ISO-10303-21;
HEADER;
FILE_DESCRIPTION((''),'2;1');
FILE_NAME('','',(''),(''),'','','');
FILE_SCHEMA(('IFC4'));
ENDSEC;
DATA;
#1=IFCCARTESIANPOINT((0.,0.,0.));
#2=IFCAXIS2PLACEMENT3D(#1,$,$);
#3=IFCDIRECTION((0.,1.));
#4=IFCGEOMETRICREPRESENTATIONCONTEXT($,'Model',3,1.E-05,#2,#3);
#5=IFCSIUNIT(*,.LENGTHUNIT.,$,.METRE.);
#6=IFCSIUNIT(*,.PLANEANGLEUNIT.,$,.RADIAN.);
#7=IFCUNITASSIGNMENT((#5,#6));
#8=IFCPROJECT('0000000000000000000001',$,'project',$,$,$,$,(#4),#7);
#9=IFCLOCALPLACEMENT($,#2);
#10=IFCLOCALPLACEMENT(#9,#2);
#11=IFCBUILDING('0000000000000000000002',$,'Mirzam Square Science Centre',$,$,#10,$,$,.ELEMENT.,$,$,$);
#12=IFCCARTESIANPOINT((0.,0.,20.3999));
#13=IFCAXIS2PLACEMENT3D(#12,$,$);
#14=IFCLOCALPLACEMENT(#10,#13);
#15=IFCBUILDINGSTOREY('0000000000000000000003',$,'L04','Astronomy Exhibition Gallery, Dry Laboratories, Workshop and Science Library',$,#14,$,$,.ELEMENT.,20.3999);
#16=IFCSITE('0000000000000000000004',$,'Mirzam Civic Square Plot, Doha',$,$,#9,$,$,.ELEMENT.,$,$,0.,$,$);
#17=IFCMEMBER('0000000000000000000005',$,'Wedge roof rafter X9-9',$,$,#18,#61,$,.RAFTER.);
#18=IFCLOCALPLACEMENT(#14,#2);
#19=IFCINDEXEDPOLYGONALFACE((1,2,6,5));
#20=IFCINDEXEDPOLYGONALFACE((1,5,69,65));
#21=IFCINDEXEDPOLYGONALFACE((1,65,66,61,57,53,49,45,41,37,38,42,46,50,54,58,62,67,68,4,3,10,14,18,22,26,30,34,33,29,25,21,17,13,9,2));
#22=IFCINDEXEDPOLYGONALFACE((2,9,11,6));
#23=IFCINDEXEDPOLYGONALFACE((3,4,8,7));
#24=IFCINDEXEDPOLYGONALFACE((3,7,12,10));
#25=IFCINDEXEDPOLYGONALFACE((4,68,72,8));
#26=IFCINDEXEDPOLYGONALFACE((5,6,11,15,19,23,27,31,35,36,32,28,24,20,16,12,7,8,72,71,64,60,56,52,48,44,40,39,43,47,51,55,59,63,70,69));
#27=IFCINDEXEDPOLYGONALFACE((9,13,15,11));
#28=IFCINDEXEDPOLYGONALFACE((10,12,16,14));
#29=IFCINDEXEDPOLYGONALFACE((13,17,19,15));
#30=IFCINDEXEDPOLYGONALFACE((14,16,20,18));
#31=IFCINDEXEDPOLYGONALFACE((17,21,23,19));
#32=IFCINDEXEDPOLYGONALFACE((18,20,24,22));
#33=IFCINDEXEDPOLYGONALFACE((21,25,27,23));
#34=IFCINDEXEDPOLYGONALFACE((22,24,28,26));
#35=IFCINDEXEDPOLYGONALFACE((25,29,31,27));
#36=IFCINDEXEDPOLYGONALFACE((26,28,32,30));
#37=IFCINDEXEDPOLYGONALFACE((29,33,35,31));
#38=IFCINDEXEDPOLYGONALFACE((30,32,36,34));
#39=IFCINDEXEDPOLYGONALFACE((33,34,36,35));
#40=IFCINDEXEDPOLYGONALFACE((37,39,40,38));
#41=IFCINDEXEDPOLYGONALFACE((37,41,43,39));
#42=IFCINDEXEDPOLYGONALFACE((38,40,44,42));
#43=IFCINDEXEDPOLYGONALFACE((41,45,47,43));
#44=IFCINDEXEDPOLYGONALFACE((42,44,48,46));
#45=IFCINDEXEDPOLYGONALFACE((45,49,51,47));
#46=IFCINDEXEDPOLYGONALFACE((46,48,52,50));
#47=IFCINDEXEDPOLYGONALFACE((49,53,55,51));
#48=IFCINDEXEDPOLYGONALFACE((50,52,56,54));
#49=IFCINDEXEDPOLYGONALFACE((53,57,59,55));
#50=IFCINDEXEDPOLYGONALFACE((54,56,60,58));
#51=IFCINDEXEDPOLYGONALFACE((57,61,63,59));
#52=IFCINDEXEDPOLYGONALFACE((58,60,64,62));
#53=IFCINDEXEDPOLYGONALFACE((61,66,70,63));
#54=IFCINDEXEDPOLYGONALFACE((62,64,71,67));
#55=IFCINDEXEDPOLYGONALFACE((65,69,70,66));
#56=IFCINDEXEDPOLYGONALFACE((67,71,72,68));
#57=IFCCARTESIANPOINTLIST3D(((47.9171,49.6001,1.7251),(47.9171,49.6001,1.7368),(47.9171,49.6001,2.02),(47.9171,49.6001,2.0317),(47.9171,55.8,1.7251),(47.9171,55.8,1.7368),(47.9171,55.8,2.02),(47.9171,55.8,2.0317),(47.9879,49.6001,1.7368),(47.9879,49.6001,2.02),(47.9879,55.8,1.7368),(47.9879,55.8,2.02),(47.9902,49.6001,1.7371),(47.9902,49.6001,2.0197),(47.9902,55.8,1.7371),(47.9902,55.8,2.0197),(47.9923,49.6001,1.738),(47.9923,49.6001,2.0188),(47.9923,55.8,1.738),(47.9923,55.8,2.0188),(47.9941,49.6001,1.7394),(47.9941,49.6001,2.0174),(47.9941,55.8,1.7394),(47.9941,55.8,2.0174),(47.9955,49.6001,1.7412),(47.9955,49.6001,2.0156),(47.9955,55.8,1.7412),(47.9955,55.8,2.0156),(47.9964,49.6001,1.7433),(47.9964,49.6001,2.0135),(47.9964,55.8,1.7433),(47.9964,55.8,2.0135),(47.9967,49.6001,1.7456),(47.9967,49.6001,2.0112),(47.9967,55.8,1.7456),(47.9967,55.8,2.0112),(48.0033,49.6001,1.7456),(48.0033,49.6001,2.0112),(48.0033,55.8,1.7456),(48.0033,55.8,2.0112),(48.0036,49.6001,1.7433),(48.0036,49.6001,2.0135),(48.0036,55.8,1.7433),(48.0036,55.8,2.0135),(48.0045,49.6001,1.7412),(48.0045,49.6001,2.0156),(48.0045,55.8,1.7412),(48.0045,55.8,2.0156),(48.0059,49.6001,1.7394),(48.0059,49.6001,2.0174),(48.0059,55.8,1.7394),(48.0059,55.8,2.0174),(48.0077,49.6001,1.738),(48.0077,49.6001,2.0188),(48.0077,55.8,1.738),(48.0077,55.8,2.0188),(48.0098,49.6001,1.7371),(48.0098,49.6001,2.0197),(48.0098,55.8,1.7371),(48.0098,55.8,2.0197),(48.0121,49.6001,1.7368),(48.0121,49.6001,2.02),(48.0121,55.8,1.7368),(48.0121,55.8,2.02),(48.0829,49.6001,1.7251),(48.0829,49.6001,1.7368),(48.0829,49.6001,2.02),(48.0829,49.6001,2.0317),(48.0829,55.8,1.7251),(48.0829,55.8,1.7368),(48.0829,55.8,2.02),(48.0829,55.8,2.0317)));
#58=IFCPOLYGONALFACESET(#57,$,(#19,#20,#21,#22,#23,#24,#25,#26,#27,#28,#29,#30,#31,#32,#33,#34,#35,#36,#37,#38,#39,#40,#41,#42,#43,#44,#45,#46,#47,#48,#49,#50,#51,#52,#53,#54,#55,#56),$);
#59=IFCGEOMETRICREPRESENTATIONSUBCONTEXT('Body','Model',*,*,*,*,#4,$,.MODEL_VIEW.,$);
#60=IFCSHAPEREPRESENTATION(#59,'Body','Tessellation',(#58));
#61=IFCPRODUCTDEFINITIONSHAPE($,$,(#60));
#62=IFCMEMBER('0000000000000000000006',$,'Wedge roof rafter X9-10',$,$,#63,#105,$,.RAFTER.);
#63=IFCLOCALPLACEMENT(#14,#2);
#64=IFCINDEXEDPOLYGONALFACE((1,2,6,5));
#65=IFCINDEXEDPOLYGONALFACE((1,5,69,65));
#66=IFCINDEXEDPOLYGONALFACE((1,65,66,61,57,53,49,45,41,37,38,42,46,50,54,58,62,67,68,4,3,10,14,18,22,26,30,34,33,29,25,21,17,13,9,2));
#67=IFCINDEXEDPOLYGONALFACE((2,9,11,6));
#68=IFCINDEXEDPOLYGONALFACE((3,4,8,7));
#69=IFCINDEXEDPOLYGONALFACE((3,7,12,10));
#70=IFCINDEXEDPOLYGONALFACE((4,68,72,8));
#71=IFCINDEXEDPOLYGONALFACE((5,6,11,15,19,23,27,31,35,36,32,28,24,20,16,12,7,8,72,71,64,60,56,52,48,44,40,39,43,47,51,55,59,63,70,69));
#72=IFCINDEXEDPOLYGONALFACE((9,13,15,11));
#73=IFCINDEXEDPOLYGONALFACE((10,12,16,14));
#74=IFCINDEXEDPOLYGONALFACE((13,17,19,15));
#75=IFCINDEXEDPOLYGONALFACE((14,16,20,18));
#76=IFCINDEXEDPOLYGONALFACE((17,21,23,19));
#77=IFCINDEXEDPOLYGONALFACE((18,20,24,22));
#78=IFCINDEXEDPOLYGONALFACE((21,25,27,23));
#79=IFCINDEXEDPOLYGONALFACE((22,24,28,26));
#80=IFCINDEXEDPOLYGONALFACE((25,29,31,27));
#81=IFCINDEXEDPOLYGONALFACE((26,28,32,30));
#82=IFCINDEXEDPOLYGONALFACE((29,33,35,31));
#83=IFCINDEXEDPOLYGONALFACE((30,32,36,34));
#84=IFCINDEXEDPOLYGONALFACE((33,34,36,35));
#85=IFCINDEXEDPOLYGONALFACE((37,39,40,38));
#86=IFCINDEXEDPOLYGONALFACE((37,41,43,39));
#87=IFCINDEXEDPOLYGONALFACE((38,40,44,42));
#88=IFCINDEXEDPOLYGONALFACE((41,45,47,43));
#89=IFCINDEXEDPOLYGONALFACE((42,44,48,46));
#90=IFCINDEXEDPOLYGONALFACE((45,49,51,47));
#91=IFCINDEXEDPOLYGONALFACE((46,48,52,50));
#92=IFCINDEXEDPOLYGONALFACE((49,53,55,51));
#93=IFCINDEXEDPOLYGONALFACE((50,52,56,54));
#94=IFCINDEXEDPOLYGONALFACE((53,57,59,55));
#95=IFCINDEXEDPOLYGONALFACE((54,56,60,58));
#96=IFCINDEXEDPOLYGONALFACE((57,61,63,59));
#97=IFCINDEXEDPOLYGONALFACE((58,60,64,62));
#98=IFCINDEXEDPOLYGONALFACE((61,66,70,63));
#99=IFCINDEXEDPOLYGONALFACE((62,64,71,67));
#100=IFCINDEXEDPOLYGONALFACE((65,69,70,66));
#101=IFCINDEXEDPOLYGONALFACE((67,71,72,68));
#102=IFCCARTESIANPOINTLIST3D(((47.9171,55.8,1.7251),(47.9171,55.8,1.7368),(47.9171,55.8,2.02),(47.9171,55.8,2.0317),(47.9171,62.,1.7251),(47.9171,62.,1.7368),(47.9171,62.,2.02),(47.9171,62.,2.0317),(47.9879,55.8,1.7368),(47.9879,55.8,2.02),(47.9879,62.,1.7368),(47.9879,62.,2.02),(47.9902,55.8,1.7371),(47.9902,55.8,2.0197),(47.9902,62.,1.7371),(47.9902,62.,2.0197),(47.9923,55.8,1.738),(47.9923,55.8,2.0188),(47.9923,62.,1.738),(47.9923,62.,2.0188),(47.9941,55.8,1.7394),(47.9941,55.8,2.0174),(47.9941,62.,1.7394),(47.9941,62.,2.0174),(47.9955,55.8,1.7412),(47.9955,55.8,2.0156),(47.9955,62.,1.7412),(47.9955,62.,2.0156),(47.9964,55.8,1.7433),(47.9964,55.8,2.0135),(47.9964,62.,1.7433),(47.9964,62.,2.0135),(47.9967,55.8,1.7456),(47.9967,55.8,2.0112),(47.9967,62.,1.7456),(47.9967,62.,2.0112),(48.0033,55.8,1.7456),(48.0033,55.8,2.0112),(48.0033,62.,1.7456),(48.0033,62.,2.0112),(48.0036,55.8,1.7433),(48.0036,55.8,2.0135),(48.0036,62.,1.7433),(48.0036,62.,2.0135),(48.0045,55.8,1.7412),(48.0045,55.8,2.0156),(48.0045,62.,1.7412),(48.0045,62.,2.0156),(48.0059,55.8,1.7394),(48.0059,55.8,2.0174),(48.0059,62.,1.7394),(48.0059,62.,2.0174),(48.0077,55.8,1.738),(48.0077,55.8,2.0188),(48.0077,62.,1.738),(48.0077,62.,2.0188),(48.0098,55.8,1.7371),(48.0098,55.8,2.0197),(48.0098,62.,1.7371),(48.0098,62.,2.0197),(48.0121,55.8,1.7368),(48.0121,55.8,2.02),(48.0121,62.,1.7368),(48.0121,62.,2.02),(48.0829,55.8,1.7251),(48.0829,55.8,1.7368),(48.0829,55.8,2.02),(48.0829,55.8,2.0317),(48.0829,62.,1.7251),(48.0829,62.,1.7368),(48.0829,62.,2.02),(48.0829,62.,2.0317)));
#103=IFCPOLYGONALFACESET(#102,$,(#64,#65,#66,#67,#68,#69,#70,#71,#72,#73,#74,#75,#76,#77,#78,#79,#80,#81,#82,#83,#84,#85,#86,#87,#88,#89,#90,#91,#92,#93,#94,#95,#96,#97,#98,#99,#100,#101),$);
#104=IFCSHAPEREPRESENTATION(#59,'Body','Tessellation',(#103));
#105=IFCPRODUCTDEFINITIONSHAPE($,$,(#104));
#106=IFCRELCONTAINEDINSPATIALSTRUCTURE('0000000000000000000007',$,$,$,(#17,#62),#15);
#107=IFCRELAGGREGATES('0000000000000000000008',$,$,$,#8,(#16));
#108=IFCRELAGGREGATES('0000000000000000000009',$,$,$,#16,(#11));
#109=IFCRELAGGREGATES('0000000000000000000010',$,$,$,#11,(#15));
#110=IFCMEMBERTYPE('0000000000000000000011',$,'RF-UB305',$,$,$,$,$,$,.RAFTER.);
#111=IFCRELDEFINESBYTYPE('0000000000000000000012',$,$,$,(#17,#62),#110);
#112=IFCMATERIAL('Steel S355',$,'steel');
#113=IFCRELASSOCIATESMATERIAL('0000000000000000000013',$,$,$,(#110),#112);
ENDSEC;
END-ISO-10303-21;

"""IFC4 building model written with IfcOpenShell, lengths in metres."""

from ifc_helpers import new_model, si_unit, direction, frame, origin, origin_2d, place, context, subcontext, project, spatial, i_section, extrude, material, material_profile, profile_set, type_object, element, save


model = new_model("IFC4")

# Units and contexts
model_context = context("Model", 3, precision=1e-05, world=origin(), true_north=direction((0.0, 1.0)))
body_context = subcontext(model_context, "Body", "Model", "MODEL_VIEW")
ifc_project = project(units=[si_unit("LENGTHUNIT", "METRE"), si_unit("PLANEANGLEUNIT", "RADIAN")], contexts=[model_context])

# Site, building, storey
site_placement = place(None, origin())
site = spatial("IfcSite", under=ifc_project, at=site_placement, Name="Mirzam Civic Square Plot, Doha", CompositionType="ELEMENT", RefElevation=0.0)
building_placement = place(site_placement, origin())
building = spatial("IfcBuilding", under=site, at=building_placement, Name="Mirzam Square Science Centre", CompositionType="ELEMENT")
storey_placement = place(building_placement, frame((0.0, 0.0, 20.3999)))
storey = spatial("IfcBuildingStorey", under=building, at=storey_placement, Name="L04", Description="Astronomy Exhibition Gallery, Dry Laboratories, Workshop and Science Library", CompositionType="ELEMENT", Elevation=20.3999)

# Members
ifc_material = material(Name="Steel S355", Category="steel")
ifc_material_profile_1 = material_profile(ifc_material, i_section(OverallWidth=0.1658, OverallDepth=0.3066, WebThickness=0.0066, FlangeThickness=0.0117, FilletRadius=0.0088, at=origin_2d()), Name="305x165x46UB")
ifc_profile_set_1 = profile_set([ifc_material_profile_1], Name="Steel S355")
member_type_1 = type_object("IfcMemberType", Name="RF-UB305", PredefinedType="RAFTER", material=ifc_profile_set_1)
for number, where, z_axis, x_axis, name in (
    (1, (48.0, 49.6001, 1.8784), (0.0, 1.0, 0.0), (-1.0, 0.0, 0.0), "Wedge roof rafter X9-9"),
    (2, (48.0, 55.8, 1.8784), (0.0, 1.0, 0.0), (-1.0, 0.0, 0.0), "Wedge roof rafter X9-10"),
):
    element("IfcMember", number, at=place(storey_placement, frame(where, z_axis=z_axis, x_axis=x_axis)), inside=storey, type_object=member_type_1, Name=name, PredefinedType="RAFTER", context=body_context, shape_type="SweptSolid", body=[
        extrude(i_section(OverallWidth=0.1658, OverallDepth=0.3066, WebThickness=0.0066, FlangeThickness=0.0117, FilletRadius=0.0088, at=origin_2d()), origin(), (0.0, 0.0, 1.0), 6.2),
    ])

save(model, "model.ifc")
